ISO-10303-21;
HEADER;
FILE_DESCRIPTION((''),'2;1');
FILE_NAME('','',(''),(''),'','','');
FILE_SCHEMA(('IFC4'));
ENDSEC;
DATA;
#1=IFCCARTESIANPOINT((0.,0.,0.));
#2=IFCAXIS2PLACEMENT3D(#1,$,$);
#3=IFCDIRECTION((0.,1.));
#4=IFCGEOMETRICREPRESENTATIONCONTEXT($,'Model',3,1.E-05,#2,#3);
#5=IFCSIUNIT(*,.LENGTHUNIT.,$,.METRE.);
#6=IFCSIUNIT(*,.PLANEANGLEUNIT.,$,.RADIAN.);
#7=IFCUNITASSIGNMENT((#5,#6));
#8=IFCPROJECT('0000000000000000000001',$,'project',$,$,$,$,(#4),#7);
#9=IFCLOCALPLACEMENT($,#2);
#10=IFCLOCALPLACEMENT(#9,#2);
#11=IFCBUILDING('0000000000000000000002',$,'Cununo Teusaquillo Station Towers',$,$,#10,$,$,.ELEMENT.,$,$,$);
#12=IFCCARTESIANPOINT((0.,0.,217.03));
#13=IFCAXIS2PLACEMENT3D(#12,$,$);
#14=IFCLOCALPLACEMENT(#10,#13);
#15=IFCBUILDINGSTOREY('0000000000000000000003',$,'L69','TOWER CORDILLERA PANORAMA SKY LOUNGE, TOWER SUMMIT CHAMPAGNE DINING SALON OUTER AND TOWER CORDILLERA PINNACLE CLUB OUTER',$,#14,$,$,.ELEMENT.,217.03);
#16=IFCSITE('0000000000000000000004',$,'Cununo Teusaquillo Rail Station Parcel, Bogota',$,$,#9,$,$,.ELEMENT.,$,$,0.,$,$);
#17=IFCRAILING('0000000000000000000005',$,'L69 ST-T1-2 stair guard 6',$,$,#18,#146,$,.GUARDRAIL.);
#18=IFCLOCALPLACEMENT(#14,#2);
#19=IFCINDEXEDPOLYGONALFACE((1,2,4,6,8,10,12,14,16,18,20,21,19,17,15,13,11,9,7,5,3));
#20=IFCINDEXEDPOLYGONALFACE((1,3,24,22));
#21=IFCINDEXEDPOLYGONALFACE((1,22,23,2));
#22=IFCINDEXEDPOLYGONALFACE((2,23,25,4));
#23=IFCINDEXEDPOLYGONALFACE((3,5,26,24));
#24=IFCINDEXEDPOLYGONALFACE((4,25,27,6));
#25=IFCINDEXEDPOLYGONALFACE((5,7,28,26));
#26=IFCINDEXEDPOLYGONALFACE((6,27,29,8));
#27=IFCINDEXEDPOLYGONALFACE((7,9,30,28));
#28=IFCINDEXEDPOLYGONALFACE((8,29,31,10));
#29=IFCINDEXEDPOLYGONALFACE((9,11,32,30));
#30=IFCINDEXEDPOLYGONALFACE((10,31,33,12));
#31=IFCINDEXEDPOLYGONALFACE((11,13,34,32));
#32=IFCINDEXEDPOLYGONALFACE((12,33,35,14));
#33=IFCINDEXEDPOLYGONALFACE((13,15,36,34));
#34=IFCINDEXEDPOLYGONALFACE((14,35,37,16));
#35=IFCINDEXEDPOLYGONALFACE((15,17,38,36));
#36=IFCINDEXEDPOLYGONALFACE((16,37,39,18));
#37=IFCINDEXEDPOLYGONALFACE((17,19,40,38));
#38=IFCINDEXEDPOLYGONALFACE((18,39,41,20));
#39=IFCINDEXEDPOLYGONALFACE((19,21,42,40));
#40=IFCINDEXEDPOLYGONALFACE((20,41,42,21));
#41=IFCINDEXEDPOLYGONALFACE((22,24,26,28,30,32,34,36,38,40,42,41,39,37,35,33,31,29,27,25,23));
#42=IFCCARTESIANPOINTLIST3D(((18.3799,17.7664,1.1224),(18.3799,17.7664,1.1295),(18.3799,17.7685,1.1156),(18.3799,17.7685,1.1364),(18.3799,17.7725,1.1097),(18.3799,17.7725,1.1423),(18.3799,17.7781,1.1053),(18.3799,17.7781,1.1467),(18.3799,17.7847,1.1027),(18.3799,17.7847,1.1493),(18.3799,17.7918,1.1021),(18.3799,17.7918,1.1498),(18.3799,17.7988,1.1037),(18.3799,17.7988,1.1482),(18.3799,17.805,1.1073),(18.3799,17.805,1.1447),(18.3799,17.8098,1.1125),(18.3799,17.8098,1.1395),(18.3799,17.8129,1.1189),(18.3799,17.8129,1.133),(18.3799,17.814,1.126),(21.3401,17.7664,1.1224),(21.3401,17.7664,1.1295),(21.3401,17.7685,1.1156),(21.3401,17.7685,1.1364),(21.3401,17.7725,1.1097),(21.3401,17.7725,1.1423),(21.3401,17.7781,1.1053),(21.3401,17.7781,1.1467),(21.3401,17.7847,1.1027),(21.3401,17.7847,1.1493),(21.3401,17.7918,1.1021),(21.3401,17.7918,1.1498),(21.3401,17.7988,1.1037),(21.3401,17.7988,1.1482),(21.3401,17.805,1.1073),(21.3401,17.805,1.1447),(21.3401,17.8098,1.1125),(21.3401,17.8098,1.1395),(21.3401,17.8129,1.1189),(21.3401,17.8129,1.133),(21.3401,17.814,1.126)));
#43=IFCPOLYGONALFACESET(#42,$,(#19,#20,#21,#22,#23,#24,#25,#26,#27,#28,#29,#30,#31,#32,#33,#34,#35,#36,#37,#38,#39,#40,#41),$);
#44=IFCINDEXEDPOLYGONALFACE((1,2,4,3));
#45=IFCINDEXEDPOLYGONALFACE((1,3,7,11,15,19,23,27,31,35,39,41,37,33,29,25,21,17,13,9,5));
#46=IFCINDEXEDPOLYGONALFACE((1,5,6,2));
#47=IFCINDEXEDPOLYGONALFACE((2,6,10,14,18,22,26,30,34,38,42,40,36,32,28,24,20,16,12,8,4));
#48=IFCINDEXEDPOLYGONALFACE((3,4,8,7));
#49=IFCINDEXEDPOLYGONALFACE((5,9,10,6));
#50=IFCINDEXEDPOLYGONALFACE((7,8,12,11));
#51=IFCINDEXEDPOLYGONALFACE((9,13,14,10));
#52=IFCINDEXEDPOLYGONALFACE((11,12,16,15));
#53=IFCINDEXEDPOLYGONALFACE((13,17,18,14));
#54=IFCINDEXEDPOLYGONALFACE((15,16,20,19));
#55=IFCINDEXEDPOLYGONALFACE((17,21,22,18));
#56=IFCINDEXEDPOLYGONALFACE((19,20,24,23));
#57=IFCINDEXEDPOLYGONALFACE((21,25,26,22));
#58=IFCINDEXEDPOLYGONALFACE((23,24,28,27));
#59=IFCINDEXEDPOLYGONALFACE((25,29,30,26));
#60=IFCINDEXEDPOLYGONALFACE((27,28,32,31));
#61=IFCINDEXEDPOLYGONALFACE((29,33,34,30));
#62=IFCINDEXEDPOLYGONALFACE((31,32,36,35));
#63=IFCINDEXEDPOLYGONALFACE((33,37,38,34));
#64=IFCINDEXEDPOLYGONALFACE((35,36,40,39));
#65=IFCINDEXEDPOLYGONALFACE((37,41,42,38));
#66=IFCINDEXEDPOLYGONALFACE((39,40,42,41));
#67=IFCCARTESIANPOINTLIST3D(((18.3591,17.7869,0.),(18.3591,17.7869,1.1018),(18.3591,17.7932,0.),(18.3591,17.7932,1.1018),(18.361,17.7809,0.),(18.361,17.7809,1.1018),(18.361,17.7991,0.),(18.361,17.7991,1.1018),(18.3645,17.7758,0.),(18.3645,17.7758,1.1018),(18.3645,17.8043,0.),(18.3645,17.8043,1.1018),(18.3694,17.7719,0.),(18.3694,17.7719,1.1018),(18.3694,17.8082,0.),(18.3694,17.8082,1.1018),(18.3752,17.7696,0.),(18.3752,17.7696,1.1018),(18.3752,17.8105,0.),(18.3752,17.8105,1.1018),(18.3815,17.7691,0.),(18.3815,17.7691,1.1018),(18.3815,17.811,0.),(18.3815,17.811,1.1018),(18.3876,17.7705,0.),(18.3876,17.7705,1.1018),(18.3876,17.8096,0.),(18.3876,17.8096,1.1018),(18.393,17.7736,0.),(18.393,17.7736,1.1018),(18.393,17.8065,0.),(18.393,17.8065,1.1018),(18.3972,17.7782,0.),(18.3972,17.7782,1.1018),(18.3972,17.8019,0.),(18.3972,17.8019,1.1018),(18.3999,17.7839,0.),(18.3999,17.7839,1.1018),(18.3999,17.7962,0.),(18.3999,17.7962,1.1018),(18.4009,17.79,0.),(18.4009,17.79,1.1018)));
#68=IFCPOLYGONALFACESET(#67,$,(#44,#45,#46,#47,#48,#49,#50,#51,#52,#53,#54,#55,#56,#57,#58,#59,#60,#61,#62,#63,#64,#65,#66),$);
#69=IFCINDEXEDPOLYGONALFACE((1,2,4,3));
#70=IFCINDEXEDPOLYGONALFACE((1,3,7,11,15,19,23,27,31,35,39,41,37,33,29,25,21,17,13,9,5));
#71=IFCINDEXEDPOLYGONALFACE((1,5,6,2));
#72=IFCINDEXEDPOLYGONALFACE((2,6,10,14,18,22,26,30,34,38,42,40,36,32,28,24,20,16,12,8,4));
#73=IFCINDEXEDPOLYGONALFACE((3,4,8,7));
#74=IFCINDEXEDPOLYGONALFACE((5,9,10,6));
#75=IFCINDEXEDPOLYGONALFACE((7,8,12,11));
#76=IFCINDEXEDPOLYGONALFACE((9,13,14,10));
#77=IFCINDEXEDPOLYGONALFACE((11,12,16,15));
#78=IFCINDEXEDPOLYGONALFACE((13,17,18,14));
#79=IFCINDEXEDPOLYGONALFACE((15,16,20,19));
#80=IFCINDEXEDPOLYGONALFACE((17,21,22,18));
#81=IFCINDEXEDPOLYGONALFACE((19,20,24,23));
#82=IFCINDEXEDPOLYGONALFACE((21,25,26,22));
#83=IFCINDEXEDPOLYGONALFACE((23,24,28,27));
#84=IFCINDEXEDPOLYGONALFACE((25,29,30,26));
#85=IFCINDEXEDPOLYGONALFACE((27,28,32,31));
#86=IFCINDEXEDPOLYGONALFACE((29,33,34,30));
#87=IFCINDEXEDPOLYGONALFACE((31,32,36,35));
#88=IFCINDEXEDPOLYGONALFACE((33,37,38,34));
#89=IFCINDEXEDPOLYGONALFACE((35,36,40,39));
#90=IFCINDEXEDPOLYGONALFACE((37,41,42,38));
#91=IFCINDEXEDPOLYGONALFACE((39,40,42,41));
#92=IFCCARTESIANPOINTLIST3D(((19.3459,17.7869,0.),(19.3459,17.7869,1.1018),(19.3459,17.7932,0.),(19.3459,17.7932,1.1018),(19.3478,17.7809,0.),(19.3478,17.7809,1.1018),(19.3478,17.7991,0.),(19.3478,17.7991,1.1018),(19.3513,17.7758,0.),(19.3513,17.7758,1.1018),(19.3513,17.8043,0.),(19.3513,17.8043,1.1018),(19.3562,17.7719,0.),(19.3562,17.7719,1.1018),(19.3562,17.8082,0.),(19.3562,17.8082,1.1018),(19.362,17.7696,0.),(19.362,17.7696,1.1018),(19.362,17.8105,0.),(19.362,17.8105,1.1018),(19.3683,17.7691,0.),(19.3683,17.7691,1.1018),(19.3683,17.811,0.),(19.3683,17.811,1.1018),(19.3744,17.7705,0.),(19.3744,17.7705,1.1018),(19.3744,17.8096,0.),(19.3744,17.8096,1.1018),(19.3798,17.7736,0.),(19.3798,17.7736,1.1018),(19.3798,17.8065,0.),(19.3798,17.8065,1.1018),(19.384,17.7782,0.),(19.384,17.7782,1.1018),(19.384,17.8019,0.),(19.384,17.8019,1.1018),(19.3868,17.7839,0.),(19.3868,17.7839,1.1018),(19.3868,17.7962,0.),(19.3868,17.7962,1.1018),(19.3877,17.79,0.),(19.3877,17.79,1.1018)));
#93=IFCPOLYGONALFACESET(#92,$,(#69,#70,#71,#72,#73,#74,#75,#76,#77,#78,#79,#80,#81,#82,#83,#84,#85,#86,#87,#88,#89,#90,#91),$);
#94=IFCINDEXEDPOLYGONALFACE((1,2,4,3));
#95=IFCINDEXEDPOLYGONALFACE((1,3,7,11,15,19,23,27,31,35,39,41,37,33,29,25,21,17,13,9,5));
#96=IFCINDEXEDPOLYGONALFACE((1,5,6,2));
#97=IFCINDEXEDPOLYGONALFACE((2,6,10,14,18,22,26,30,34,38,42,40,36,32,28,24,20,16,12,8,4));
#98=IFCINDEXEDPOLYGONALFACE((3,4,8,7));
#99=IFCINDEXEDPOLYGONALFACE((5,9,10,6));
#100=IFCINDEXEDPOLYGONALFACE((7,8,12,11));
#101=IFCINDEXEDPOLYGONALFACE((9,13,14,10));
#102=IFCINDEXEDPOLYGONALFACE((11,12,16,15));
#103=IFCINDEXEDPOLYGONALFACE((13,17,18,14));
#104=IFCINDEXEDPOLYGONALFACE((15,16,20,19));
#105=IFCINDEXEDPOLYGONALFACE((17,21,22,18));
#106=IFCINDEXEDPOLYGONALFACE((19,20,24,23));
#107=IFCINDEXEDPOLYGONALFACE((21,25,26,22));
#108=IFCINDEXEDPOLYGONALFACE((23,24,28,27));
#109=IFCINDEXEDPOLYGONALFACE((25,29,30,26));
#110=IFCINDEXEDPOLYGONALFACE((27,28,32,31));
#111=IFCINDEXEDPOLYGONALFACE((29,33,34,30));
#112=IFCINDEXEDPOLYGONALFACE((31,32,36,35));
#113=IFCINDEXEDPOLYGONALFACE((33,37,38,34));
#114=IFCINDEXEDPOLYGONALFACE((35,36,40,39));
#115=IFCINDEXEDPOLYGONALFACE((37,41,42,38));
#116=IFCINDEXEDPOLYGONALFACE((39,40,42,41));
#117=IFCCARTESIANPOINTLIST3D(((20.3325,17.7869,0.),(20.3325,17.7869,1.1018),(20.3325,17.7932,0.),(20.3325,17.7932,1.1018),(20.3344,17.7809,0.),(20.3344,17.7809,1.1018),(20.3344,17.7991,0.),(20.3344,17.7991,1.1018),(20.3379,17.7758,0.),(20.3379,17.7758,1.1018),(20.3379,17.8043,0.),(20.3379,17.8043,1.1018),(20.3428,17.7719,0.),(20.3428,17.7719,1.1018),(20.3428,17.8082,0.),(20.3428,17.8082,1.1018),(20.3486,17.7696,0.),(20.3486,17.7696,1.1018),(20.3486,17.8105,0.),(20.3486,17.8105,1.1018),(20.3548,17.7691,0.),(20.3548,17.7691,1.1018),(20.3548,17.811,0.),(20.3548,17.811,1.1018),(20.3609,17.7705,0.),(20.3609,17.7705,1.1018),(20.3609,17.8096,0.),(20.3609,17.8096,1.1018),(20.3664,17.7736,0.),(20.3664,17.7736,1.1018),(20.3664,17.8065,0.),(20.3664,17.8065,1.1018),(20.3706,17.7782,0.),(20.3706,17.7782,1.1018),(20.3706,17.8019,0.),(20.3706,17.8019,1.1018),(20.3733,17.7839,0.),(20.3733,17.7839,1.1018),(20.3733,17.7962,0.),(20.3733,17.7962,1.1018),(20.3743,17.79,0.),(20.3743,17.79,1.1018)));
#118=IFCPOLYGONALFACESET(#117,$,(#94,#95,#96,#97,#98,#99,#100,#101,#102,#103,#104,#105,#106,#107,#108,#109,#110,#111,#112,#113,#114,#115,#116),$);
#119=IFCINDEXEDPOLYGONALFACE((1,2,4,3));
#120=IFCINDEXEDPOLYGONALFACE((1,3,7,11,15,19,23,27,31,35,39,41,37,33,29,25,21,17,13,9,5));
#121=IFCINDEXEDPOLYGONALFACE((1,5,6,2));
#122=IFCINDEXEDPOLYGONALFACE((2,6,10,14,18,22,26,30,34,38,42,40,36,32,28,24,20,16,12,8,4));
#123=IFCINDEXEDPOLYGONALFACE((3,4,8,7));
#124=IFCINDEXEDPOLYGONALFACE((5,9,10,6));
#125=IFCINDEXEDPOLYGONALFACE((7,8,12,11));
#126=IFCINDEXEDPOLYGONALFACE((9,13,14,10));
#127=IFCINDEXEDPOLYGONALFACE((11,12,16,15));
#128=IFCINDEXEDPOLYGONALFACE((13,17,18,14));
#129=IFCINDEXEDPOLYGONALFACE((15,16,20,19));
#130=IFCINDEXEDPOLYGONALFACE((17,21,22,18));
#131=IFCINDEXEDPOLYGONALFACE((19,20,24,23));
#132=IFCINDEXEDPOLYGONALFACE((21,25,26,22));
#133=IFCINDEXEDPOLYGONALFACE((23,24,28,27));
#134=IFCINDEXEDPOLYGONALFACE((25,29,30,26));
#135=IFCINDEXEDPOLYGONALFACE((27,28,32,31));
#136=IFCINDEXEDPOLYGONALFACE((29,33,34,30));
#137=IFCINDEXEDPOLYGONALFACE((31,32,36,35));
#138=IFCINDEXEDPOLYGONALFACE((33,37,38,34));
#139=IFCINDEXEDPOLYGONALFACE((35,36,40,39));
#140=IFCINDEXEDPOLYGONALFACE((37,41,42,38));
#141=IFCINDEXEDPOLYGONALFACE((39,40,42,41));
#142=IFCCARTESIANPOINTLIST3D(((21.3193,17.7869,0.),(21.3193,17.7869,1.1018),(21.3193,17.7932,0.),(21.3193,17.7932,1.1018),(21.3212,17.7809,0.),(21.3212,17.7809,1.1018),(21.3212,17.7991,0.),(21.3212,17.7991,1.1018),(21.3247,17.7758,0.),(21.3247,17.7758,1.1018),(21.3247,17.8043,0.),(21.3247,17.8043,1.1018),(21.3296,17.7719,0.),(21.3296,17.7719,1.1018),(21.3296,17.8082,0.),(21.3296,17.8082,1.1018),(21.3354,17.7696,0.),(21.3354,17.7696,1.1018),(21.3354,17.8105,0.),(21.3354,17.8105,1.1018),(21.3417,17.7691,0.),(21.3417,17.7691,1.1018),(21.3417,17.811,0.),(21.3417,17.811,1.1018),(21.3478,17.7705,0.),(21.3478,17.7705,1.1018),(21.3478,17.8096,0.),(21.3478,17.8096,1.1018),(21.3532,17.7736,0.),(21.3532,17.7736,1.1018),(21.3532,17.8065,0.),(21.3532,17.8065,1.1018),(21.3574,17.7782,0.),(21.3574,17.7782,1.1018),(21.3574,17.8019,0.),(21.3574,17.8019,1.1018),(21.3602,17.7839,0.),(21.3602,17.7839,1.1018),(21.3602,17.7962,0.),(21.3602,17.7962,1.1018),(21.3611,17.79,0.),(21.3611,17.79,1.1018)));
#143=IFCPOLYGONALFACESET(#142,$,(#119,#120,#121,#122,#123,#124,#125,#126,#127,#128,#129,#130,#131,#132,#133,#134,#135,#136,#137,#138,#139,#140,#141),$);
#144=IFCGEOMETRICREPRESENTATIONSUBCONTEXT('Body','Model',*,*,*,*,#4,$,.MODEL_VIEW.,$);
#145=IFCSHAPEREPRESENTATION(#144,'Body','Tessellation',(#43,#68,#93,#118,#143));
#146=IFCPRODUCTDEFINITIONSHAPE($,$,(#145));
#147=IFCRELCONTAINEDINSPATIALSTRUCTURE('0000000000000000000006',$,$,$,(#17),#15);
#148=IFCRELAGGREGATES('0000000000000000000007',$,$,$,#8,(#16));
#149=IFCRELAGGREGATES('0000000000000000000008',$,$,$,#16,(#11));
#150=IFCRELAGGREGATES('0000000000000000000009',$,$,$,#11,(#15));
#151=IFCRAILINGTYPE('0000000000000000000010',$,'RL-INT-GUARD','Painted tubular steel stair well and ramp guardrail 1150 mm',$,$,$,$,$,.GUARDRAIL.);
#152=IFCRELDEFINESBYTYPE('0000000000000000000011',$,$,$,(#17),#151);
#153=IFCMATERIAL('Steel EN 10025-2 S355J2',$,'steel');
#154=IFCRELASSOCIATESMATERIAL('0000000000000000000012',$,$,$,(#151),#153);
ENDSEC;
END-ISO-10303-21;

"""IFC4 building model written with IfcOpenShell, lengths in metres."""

from ifc_helpers import new_model, si_unit, direction, frame, origin, origin_2d, place, context, subcontext, project, spatial, circle, extrude, material, type_object, element, save


model = new_model("IFC4")

# Units and contexts
model_context = context("Model", 3, precision=1e-05, world=origin(), true_north=direction((0.0, 1.0)))
body_context = subcontext(model_context, "Body", "Model", "MODEL_VIEW")
ifc_project = project(units=[si_unit("LENGTHUNIT", "METRE"), si_unit("PLANEANGLEUNIT", "RADIAN")], contexts=[model_context])

# Site, building, storey
site_placement = place(None, origin())
site = spatial("IfcSite", under=ifc_project, at=site_placement, Name="Cununo Teusaquillo Rail Station Parcel, Bogota", CompositionType="ELEMENT", RefElevation=0.0)
building_placement = place(site_placement, origin())
building = spatial("IfcBuilding", under=site, at=building_placement, Name="Cununo Teusaquillo Station Towers", CompositionType="ELEMENT")
storey_placement = place(building_placement, frame((0.0, 0.0, 217.03)))
storey = spatial("IfcBuildingStorey", under=building, at=storey_placement, Name="L69", Description="TOWER CORDILLERA PANORAMA SKY LOUNGE, TOWER SUMMIT CHAMPAGNE DINING SALON OUTER AND TOWER CORDILLERA PINNACLE CLUB OUTER", CompositionType="ELEMENT", Elevation=217.03)

# Railing
ifc_material_1 = material(Name="Steel EN 10025-2 S355J2", Category="steel")
railing_type_1 = type_object("IfcRailingType", Name="RL-INT-GUARD", Description="Painted tubular steel stair well and ramp guardrail 1150 mm", PredefinedType="GUARDRAIL", material=ifc_material_1)
railing_1_placement = place(storey_placement, frame((18.3799, 17.79, 0.0)))
element("IfcRailing", 1, at=railing_1_placement, inside=storey, type_object=railing_type_1, Name="L69 ST-T1-2 stair guard 6", PredefinedType="GUARDRAIL", context=body_context, shape_type="SweptSolid", body=[
    extrude(circle(Radius=0.0239, at=origin_2d()), frame((0.0, 0.0, 1.126), z_axis=(1.0, 0.0, 0.0), x_axis=(0.0, 1.0, 0.0)), (0.0, 0.0, 1.0), 2.9602),
    extrude(circle(Radius=0.021, at=origin_2d()), origin(), (0.0, 0.0, 1.0), 1.1018),
    extrude(circle(Radius=0.021, at=origin_2d()), frame((0.9868, 0.0, 0.0)), (0.0, 0.0, 1.0), 1.1018),
    extrude(circle(Radius=0.021, at=origin_2d()), frame((1.9734, 0.0, 0.0)), (0.0, 0.0, 1.0), 1.1018),
    extrude(circle(Radius=0.021, at=origin_2d()), frame((2.9602, 0.0, 0.0)), (0.0, 0.0, 1.0), 1.1018),
])

save(model, "model.ifc")
